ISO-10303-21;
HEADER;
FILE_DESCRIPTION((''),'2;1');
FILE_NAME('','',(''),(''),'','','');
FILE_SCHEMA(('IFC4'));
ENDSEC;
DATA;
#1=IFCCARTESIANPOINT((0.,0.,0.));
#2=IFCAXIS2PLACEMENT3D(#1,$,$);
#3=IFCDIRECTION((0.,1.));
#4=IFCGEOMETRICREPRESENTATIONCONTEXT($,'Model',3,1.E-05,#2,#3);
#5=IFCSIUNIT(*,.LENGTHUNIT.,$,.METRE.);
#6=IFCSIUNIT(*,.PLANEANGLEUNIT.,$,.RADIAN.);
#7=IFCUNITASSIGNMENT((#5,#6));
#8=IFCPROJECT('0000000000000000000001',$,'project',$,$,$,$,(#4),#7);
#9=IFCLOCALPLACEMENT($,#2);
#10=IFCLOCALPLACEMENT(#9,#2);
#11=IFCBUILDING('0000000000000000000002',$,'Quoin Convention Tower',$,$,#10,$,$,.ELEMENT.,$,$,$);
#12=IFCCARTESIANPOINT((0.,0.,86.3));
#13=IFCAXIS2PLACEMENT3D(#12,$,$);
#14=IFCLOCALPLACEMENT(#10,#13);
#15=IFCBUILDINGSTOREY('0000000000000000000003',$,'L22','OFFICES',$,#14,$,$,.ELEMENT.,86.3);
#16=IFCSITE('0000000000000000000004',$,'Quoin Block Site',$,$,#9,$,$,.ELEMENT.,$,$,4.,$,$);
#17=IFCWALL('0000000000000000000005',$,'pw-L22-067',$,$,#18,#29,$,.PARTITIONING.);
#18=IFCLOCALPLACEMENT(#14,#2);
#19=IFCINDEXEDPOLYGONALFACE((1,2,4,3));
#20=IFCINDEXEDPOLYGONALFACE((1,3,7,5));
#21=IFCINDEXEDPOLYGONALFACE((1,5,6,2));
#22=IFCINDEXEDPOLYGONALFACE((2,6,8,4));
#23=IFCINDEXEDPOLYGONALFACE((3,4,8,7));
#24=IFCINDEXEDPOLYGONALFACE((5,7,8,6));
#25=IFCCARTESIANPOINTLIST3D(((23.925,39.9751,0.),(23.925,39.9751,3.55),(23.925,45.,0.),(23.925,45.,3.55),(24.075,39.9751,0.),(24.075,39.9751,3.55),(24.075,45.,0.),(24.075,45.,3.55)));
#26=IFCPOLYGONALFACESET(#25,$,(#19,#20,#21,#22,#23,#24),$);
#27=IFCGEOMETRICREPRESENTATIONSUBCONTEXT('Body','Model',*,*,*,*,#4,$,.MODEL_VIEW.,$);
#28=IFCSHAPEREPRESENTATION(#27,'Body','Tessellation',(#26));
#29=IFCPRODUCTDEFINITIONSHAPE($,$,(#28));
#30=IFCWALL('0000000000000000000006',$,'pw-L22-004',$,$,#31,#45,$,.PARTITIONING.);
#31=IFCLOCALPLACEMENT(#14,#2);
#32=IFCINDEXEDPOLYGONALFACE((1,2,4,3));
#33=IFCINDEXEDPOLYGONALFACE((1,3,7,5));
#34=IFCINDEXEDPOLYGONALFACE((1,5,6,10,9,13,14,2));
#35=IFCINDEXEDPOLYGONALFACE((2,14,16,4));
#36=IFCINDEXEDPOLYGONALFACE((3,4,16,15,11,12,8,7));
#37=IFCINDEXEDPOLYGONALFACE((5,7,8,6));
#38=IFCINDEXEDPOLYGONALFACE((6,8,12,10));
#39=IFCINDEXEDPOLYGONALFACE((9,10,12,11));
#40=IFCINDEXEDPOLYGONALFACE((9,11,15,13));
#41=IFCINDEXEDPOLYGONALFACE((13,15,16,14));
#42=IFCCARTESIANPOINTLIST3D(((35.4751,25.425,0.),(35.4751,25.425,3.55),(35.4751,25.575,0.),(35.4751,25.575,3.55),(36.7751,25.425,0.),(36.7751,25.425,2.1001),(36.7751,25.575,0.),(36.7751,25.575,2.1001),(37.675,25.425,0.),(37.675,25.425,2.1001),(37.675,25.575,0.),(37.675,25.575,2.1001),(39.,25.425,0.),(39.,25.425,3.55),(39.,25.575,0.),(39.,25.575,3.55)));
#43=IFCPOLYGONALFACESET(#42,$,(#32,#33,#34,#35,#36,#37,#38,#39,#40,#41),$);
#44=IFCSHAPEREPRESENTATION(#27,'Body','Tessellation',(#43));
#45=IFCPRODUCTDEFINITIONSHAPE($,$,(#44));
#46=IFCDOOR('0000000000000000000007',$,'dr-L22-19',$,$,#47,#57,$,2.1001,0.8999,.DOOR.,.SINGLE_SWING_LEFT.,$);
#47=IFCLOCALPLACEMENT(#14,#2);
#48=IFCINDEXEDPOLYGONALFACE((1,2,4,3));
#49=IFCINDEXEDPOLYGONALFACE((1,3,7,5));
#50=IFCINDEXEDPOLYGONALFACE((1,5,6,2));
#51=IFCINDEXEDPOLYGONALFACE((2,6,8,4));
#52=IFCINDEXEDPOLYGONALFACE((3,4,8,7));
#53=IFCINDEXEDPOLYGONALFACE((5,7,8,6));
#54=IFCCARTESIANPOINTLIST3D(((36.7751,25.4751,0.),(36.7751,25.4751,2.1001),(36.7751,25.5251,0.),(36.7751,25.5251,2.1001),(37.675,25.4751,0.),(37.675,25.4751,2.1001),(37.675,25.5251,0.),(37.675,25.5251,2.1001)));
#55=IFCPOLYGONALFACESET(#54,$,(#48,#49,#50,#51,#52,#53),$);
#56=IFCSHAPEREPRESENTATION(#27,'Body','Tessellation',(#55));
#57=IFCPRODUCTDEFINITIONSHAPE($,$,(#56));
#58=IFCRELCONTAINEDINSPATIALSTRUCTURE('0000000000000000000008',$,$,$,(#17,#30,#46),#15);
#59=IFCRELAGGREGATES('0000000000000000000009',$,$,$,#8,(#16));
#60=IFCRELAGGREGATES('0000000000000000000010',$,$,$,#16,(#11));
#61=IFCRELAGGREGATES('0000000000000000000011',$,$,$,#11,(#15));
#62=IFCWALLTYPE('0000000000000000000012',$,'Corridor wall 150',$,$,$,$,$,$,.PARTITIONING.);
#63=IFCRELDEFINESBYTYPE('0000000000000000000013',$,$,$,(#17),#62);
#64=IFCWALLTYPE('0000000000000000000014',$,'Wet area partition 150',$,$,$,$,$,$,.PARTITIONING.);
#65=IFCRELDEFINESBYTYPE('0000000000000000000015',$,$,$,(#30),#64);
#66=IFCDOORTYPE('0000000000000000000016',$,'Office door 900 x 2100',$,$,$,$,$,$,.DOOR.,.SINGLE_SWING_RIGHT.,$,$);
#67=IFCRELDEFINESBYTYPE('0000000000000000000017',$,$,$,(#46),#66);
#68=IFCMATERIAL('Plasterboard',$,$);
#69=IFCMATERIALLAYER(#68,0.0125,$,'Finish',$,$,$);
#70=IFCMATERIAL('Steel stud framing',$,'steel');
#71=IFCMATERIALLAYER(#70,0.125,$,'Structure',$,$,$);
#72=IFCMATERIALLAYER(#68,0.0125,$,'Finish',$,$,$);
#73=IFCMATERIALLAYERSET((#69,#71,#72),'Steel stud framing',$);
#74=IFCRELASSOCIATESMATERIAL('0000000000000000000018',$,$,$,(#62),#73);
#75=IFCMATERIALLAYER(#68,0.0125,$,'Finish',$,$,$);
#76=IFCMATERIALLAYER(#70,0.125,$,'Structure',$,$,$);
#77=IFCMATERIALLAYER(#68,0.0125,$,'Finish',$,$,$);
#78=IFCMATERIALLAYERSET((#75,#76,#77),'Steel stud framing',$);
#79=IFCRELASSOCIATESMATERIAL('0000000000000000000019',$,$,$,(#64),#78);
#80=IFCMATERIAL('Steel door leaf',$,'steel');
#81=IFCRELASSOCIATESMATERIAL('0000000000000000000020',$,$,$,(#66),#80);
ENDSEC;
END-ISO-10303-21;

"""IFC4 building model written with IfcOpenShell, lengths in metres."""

from ifc_helpers import new_model, si_unit, direction, frame, frame_2d, origin, place, context, subcontext, project, spatial, rectangle, extrude, material, layer, layer_set, type_object, element, fill, save


model = new_model("IFC4")

# Units and contexts
model_context = context("Model", 3, precision=1e-05, world=origin(), true_north=direction((0.0, 1.0)))
body_context = subcontext(model_context, "Body", "Model", "MODEL_VIEW")
ifc_project = project(units=[si_unit("LENGTHUNIT", "METRE"), si_unit("PLANEANGLEUNIT", "RADIAN")], contexts=[model_context])

# Site, building, storey
site_placement = place(None, origin())
site = spatial("IfcSite", under=ifc_project, at=site_placement, Name="Quoin Block Site", CompositionType="ELEMENT", RefElevation=4.0)
building_placement = place(site_placement, origin())
building = spatial("IfcBuilding", under=site, at=building_placement, Name="Quoin Convention Tower", CompositionType="ELEMENT")
storey_placement = place(building_placement, frame((0.0, 0.0, 86.3)))
storey = spatial("IfcBuildingStorey", under=building, at=storey_placement, Name="L22", Description="OFFICES", CompositionType="ELEMENT", Elevation=86.3)

# Wall
ifc_material_1 = material(Name="Plasterboard")
ifc_layer_1 = layer(ifc_material_1, 0.0125, Name="Finish")
ifc_material_2 = material(Name="Steel stud framing", Category="steel")
ifc_layer_2 = layer(ifc_material_2, 0.125, Name="Structure")
ifc_layer_3 = layer(ifc_material_1, 0.0125, Name="Finish")
ifc_layer_set_1 = layer_set([ifc_layer_1, ifc_layer_2, ifc_layer_3], Name="Steel stud framing")
wall_type_1 = type_object("IfcWallType", Name="Corridor wall 150", PredefinedType="PARTITIONING", material=ifc_layer_set_1)
wall_1_placement = place(storey_placement, frame((24.0, 39.9751, 0.0), z_axis=(0.0, 0.0, 1.0), x_axis=(0.0, 1.0, 0.0)))
element("IfcWall", 1, at=wall_1_placement, inside=storey, type_object=wall_type_1, Name="pw-L22-067", PredefinedType="PARTITIONING", context=body_context, shape_type="SweptSolid", body=[
    extrude(rectangle(XDim=5.0249, YDim=0.1499, at=frame_2d((2.5125, 0.0))), origin(), (0.0, 0.0, 1.0), 3.55),
])

# Wall, opening, door
ifc_layer_4 = layer(ifc_material_1, 0.0125, Name="Finish")
ifc_layer_5 = layer(ifc_material_2, 0.125, Name="Structure")
ifc_layer_6 = layer(ifc_material_1, 0.0125, Name="Finish")
ifc_layer_set_2 = layer_set([ifc_layer_4, ifc_layer_5, ifc_layer_6], Name="Steel stud framing")
wall_type_2 = type_object("IfcWallType", Name="Wet area partition 150", PredefinedType="PARTITIONING", material=ifc_layer_set_2)
wall_2_placement = place(storey_placement, frame((35.4751, 25.5, 0.0), z_axis=(0.0, 0.0, 1.0), x_axis=(1.0, 0.0, 0.0)))
wall_2 = element("IfcWall", 2, at=wall_2_placement, inside=storey, type_object=wall_type_2, Name="pw-L22-004", PredefinedType="PARTITIONING", context=body_context, shape_type="SweptSolid", body=[
    extrude(rectangle(XDim=3.5249, YDim=0.1499, at=frame_2d((1.7625, 0.0))), origin(), (0.0, 0.0, 1.0), 3.55),
])
opening_1_placement = place(wall_2_placement, frame((1.3, 0.0, 0.0)))
opening_1 = element("IfcOpeningElement", 3, at=opening_1_placement, cuts=wall_2, PredefinedType="OPENING", context=body_context, shape_type="SweptSolid", body=[
    extrude(rectangle(XDim=0.8999, YDim=2.1001, at=frame_2d((0.45, 1.05))), frame((0.0, 0.085, 0.0), z_axis=(0.0, -1.0, 0.0), x_axis=(1.0, 0.0, 0.0)), (0.0, 0.0, 1.0), 0.1699),
])
ifc_material_3 = material(Name="Steel door leaf", Category="steel")
door_type = type_object("IfcDoorType", Name="Office door 900 x 2100", OperationType="SINGLE_SWING_RIGHT", PredefinedType="DOOR", material=ifc_material_3)
door_placement = place(opening_1_placement, frame((0.8999, 0.0, 0.0), z_axis=(0.0, 0.0, 1.0), x_axis=(-1.0, 0.0, 0.0)))
door = element("IfcDoor", 4, at=door_placement, inside=storey, type_object=door_type, Name="dr-L22-19", OperationType="SINGLE_SWING_LEFT", OverallHeight=2.1001, OverallWidth=0.8999, PredefinedType="DOOR", context=body_context, shape_type="SweptSolid", body=[
    extrude(rectangle(XDim=0.8999, YDim=2.1001, at=frame_2d((0.45, 1.05))), frame((0.0, 0.0249, 0.0), z_axis=(0.0, -1.0, 0.0), x_axis=(1.0, 0.0, 0.0)), (0.0, 0.0, 1.0), 0.05),
])
fill(opening_1, door)

save(model, "model.ifc")
